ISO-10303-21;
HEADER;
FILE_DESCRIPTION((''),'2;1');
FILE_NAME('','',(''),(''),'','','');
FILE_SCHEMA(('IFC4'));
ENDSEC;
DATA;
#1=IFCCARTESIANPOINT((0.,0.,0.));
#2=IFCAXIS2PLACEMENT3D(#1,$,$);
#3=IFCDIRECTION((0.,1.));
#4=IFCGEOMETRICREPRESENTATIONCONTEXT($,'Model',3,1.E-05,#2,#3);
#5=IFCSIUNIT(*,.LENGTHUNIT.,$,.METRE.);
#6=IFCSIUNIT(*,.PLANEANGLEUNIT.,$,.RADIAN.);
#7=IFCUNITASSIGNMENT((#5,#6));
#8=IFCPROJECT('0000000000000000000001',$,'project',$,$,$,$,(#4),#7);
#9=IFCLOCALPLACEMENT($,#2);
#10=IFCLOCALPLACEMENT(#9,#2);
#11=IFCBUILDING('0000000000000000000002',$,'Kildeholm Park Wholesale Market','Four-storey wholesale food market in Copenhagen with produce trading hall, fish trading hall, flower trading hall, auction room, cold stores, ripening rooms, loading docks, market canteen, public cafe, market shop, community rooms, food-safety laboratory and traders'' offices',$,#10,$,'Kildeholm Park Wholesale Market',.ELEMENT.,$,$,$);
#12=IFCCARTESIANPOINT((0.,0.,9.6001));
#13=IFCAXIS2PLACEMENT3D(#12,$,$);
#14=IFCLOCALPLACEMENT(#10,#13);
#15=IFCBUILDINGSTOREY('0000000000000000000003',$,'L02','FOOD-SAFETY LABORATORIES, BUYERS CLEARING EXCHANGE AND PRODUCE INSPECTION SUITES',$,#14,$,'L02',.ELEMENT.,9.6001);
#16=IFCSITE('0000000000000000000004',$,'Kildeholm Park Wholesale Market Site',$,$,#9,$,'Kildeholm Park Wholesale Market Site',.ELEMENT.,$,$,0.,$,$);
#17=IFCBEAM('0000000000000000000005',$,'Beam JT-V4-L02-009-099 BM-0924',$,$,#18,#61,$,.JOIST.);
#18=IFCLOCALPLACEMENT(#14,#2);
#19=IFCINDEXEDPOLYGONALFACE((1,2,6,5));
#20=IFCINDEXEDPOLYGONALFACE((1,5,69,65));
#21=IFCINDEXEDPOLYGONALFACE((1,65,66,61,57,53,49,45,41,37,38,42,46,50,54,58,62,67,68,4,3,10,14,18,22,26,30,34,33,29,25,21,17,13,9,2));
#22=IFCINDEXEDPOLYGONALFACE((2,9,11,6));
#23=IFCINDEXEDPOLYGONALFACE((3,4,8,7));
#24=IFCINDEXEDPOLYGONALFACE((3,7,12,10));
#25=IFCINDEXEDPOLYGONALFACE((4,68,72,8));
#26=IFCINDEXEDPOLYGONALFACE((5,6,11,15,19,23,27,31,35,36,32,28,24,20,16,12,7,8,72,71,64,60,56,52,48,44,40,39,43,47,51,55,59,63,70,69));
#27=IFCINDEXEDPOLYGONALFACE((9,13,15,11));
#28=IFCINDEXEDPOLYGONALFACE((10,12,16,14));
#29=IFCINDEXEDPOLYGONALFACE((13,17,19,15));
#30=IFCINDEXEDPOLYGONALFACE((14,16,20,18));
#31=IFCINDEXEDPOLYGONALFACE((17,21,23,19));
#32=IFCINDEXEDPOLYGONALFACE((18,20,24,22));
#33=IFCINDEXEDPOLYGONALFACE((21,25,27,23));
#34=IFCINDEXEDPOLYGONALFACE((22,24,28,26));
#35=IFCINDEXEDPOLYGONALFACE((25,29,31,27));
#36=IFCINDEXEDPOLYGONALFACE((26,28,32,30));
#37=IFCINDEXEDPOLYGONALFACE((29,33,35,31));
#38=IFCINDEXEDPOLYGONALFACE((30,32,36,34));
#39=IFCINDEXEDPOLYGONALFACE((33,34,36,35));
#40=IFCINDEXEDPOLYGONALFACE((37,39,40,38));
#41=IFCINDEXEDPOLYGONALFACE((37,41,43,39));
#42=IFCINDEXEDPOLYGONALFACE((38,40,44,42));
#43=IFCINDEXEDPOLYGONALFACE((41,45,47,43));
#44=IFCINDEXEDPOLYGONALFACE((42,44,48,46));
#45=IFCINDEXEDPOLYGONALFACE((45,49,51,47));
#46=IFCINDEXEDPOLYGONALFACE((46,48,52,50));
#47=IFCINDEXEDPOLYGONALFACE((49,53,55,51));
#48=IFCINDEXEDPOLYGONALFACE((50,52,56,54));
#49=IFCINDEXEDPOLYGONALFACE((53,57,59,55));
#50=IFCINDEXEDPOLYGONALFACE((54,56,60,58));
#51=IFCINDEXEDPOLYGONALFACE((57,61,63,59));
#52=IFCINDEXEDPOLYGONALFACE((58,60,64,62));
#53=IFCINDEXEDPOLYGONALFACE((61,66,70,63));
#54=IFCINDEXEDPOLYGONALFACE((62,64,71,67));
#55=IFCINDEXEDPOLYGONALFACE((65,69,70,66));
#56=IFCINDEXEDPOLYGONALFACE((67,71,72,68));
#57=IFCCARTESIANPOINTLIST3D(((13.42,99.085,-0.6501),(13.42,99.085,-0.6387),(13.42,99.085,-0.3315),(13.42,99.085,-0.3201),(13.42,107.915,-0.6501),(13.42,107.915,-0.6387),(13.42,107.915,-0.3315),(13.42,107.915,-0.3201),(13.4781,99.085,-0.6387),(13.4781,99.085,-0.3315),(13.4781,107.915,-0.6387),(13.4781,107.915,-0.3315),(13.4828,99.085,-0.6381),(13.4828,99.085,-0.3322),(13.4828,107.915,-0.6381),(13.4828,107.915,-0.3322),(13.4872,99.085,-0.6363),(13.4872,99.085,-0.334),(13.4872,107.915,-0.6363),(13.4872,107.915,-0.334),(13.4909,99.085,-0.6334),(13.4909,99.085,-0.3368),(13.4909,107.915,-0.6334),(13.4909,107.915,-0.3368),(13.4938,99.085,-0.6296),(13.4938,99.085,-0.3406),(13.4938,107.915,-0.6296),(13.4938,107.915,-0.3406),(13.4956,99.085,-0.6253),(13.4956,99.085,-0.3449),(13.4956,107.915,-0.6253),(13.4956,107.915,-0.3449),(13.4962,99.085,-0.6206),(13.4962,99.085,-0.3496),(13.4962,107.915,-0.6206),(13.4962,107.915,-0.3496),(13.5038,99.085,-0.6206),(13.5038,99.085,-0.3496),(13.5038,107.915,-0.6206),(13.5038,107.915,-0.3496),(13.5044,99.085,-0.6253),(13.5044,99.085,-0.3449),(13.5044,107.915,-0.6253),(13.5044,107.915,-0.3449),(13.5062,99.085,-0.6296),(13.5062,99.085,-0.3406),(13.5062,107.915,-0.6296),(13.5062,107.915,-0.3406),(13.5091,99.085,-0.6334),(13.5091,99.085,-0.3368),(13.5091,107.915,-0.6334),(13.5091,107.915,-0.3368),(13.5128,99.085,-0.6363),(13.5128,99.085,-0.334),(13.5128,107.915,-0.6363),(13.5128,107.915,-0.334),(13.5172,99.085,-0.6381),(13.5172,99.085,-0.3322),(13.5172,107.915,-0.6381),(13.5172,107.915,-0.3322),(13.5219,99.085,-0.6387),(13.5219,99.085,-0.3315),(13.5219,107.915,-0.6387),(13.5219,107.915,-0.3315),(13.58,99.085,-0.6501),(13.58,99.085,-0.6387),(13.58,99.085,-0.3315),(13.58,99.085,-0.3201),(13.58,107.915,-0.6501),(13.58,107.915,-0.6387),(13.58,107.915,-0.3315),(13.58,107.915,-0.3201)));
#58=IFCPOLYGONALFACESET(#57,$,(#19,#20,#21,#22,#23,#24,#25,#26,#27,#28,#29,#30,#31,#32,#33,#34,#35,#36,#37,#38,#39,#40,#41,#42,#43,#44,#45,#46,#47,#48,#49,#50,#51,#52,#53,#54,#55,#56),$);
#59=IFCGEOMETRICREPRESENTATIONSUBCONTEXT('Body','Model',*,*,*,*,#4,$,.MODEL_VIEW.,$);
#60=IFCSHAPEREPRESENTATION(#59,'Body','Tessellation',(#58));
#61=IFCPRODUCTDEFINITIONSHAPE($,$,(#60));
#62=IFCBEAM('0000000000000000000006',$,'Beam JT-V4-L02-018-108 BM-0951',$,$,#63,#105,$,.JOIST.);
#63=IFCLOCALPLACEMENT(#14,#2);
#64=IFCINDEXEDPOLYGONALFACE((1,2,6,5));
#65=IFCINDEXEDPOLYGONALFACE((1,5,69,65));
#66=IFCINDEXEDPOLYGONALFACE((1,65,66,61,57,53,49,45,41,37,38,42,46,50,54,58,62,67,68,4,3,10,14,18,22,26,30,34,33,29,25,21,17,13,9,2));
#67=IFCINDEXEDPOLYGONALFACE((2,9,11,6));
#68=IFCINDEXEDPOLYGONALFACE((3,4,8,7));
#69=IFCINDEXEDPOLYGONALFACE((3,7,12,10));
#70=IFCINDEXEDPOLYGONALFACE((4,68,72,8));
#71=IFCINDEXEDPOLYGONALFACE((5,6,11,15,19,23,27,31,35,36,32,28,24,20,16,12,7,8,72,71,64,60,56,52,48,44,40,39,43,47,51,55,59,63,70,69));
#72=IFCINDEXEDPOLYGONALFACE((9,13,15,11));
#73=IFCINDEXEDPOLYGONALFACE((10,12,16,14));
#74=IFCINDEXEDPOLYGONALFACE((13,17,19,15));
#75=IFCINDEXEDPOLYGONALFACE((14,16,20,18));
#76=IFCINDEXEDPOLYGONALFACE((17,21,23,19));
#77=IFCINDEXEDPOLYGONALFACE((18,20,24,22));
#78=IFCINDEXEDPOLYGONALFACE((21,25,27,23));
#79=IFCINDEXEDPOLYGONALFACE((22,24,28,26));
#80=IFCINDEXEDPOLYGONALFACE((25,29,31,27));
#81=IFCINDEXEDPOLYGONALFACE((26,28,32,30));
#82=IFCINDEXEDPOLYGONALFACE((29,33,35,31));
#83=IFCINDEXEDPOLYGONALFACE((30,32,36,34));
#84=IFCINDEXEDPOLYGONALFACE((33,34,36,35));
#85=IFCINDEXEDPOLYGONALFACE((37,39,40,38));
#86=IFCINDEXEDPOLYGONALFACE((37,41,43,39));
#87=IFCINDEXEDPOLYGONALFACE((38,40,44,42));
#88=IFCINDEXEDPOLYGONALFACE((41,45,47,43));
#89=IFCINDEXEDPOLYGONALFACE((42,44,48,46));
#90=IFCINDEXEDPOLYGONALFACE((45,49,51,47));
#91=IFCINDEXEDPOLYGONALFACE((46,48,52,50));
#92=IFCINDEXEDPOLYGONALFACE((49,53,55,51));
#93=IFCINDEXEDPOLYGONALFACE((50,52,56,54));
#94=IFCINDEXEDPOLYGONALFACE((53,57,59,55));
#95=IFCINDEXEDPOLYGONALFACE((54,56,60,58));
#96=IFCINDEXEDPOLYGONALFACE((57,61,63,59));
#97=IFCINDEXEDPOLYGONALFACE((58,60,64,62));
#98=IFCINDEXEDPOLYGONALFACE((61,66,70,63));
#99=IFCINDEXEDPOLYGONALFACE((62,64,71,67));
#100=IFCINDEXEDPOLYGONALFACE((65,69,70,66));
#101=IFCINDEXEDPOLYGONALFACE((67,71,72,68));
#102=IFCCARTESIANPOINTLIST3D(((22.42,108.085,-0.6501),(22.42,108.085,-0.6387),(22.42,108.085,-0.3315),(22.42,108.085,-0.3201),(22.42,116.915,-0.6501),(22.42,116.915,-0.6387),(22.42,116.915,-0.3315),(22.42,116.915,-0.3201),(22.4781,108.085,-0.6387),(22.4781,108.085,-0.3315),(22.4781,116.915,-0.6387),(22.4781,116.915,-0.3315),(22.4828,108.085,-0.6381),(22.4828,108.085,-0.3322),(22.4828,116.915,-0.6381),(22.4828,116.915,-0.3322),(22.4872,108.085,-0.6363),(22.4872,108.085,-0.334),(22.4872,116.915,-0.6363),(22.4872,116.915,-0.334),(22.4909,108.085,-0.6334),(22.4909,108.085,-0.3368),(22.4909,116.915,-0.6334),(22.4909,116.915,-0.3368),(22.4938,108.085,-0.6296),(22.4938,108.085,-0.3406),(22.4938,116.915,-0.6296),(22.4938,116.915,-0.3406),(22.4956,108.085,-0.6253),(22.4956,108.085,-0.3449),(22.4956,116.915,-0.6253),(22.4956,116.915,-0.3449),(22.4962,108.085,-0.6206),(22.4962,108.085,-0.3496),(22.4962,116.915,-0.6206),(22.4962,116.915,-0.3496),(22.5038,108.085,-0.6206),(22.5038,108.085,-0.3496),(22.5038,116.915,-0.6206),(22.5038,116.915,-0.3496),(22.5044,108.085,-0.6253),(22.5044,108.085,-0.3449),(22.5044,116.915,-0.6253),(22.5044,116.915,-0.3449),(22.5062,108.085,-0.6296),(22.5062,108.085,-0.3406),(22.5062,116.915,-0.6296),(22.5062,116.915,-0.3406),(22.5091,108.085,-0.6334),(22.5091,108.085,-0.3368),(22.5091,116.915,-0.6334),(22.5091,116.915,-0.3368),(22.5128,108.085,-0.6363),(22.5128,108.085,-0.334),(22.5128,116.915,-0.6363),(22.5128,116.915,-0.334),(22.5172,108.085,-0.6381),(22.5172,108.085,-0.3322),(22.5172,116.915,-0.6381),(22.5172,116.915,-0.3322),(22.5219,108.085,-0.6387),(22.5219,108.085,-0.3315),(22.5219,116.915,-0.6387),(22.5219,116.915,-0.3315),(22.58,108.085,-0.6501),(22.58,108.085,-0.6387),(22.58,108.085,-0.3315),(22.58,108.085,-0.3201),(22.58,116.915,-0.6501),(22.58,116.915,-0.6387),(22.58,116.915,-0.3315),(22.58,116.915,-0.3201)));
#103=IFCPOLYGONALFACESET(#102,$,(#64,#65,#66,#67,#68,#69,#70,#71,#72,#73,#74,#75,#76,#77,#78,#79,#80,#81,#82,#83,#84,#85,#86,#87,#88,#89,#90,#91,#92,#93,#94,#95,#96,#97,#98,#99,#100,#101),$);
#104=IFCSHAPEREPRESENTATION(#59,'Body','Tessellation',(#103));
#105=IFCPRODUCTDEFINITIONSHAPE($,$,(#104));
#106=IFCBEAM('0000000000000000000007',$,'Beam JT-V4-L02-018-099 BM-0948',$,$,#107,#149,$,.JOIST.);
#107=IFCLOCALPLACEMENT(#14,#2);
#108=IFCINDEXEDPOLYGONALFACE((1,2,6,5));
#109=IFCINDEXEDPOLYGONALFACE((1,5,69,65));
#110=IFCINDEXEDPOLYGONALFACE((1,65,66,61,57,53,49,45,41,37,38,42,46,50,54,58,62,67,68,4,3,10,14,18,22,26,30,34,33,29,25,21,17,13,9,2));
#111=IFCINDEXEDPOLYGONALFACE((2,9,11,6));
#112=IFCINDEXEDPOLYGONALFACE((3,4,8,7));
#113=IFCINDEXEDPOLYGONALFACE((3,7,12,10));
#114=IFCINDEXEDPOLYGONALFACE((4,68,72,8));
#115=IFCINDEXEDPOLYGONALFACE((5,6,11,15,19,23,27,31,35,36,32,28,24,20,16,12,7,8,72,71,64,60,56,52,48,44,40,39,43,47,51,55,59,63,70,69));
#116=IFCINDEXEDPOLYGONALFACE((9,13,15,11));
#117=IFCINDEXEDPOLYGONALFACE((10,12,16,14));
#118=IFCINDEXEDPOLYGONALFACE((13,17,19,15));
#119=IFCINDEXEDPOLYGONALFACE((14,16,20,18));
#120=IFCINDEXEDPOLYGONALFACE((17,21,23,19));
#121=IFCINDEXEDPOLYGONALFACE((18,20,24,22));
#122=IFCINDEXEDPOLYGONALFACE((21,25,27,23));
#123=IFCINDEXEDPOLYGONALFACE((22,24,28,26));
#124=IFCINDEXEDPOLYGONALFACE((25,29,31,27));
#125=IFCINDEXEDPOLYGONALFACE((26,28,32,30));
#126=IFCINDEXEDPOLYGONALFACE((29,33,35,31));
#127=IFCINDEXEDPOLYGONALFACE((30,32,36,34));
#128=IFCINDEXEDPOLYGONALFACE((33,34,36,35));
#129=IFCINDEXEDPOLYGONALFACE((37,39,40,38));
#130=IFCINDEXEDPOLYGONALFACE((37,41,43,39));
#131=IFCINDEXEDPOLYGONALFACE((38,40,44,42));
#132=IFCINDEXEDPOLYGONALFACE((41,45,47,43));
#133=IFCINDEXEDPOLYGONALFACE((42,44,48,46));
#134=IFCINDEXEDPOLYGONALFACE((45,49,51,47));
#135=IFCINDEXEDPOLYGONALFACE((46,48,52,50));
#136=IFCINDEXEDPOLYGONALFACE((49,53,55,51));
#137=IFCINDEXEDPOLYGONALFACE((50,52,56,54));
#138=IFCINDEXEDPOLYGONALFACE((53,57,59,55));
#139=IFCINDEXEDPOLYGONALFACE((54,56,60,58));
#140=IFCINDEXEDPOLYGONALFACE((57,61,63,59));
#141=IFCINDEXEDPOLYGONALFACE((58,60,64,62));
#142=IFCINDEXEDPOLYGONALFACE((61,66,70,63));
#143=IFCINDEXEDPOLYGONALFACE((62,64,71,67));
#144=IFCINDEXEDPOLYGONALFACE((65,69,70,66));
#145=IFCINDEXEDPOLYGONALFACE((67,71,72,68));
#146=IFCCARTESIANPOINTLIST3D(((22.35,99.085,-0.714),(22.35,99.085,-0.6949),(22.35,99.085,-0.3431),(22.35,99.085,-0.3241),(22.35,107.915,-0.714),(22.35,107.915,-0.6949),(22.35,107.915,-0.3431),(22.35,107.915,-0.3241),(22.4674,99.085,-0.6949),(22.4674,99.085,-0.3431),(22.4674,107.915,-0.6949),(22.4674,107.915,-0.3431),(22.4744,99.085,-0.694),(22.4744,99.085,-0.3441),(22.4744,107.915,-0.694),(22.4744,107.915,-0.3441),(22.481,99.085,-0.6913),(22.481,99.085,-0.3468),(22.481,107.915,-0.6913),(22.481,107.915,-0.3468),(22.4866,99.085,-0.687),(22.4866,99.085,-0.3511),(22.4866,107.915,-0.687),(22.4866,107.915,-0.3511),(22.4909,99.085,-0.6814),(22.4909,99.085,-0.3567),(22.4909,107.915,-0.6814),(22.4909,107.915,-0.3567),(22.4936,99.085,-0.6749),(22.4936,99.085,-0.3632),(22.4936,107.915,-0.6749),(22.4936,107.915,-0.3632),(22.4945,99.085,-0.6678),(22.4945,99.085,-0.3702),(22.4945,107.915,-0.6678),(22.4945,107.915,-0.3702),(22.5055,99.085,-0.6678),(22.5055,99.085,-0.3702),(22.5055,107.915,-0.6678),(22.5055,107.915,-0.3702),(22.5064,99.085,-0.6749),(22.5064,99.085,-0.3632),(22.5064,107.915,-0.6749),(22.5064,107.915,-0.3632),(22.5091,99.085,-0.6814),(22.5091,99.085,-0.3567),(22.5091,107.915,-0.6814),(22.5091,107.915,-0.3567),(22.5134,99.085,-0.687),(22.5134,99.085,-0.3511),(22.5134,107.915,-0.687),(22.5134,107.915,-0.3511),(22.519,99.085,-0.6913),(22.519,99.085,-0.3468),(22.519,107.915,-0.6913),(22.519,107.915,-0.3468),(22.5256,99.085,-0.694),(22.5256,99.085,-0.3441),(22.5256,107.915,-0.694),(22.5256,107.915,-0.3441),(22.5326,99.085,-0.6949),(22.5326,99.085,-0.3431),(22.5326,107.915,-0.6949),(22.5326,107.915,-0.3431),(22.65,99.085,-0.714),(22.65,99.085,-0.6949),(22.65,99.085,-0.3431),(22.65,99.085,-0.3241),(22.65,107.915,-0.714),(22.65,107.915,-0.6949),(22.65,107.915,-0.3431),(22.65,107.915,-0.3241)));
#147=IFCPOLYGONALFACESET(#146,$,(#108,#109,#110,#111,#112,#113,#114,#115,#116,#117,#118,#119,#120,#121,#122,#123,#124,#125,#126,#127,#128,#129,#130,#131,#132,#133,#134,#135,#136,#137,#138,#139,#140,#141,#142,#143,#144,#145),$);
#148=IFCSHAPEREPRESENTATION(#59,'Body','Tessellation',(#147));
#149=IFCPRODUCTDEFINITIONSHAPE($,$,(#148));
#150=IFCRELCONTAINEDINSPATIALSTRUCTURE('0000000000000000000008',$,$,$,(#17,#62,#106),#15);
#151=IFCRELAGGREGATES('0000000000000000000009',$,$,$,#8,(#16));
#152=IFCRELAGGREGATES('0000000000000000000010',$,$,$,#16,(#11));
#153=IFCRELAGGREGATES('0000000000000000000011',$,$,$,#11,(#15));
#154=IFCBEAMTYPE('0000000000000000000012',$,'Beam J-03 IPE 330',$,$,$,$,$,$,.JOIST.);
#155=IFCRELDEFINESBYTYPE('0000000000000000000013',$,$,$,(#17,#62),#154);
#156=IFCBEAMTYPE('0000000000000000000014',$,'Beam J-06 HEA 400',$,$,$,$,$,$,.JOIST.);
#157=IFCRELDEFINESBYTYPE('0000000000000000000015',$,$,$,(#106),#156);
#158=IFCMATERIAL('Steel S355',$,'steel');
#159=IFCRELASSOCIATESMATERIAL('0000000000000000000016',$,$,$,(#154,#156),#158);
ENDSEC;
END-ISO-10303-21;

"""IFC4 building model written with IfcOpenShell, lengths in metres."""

from ifc_helpers import new_model, si_unit, direction, frame, origin, origin_2d, place, context, subcontext, project, spatial, i_section, extrude, material, material_profile, profile_set, type_object, element, save


model = new_model("IFC4")

# Units and contexts
model_context = context("Model", 3, precision=1e-05, world=origin(), true_north=direction((0.0, 1.0)))
body_context = subcontext(model_context, "Body", "Model", "MODEL_VIEW")
ifc_project = project(units=[si_unit("LENGTHUNIT", "METRE"), si_unit("PLANEANGLEUNIT", "RADIAN")], contexts=[model_context])

# Site, building, storey
site_placement = place(None, origin())
site = spatial("IfcSite", under=ifc_project, at=site_placement, Name="Kildeholm Park Wholesale Market Site", LongName="Kildeholm Park Wholesale Market Site", CompositionType="ELEMENT", RefElevation=0.0)
building_placement = place(site_placement, origin())
building = spatial("IfcBuilding", under=site, at=building_placement, Name="Kildeholm Park Wholesale Market", Description="Four-storey wholesale food market in Copenhagen with produce trading hall, fish trading hall, flower trading hall, auction room, cold stores, ripening rooms, loading docks, market canteen, public cafe, market shop, community rooms, food-safety laboratory and traders' offices", LongName="Kildeholm Park Wholesale Market", CompositionType="ELEMENT")
storey_placement = place(building_placement, frame((0.0, 0.0, 9.6001)))
storey = spatial("IfcBuildingStorey", under=building, at=storey_placement, Name="L02", Description="FOOD-SAFETY LABORATORIES, BUYERS CLEARING EXCHANGE AND PRODUCE INSPECTION SUITES", LongName="L02", CompositionType="ELEMENT", Elevation=9.6001)

# Beams
ifc_material_1 = material(Name="Steel S355", Category="steel")
ifc_material_profile_1 = material_profile(ifc_material_1, i_section(OverallWidth=0.1599, OverallDepth=0.3301, WebThickness=0.0076, FlangeThickness=0.0115, FilletRadius=0.0181, at=origin_2d()), Name="IPE 330")
ifc_profile_set_1 = profile_set([ifc_material_profile_1], Name="Steel S355")
beam_type_1 = type_object("IfcBeamType", Name="Beam J-03 IPE 330", PredefinedType="JOIST", material=ifc_profile_set_1)
for number, where, z_axis, x_axis, name in (
    (1, (13.5, 99.085, -0.4851), (0.0, 1.0, 0.0), (-1.0, 0.0, 0.0), "Beam JT-V4-L02-009-099 BM-0924"),
    (2, (22.5, 108.085, -0.4851), (0.0, 1.0, 0.0), (-1.0, 0.0, 0.0), "Beam JT-V4-L02-018-108 BM-0951"),
):
    element("IfcBeam", number, at=place(storey_placement, frame(where, z_axis=z_axis, x_axis=x_axis)), inside=storey, type_object=beam_type_1, Name=name, PredefinedType="JOIST", context=body_context, shape_type="SweptSolid", body=[
        extrude(i_section(OverallWidth=0.1599, OverallDepth=0.3301, WebThickness=0.0076, FlangeThickness=0.0115, FilletRadius=0.0181, at=origin_2d()), origin(), (0.0, 0.0, 1.0), 8.8301),
    ])
ifc_material_profile_2 = material_profile(ifc_material_1, i_section(OverallWidth=0.3, OverallDepth=0.3899, WebThickness=0.011, FlangeThickness=0.019, FilletRadius=0.0271, at=origin_2d()), Name="HEA 400")
ifc_profile_set_2 = profile_set([ifc_material_profile_2], Name="Steel S355")
beam_type_2 = type_object("IfcBeamType", Name="Beam J-06 HEA 400", PredefinedType="JOIST", material=ifc_profile_set_2)
beam_1_placement = place(storey_placement, frame((22.5, 99.085, -0.519), z_axis=(0.0, 1.0, 0.0), x_axis=(-1.0, 0.0, 0.0)))
element("IfcBeam", 3, at=beam_1_placement, inside=storey, type_object=beam_type_2, Name="Beam JT-V4-L02-018-099 BM-0948", PredefinedType="JOIST", context=body_context, shape_type="SweptSolid", body=[
    extrude(i_section(OverallWidth=0.3, OverallDepth=0.3899, WebThickness=0.011, FlangeThickness=0.019, FilletRadius=0.0271, at=origin_2d()), origin(), (0.0, 0.0, 1.0), 8.8301),
])

save(model, "model.ifc")
